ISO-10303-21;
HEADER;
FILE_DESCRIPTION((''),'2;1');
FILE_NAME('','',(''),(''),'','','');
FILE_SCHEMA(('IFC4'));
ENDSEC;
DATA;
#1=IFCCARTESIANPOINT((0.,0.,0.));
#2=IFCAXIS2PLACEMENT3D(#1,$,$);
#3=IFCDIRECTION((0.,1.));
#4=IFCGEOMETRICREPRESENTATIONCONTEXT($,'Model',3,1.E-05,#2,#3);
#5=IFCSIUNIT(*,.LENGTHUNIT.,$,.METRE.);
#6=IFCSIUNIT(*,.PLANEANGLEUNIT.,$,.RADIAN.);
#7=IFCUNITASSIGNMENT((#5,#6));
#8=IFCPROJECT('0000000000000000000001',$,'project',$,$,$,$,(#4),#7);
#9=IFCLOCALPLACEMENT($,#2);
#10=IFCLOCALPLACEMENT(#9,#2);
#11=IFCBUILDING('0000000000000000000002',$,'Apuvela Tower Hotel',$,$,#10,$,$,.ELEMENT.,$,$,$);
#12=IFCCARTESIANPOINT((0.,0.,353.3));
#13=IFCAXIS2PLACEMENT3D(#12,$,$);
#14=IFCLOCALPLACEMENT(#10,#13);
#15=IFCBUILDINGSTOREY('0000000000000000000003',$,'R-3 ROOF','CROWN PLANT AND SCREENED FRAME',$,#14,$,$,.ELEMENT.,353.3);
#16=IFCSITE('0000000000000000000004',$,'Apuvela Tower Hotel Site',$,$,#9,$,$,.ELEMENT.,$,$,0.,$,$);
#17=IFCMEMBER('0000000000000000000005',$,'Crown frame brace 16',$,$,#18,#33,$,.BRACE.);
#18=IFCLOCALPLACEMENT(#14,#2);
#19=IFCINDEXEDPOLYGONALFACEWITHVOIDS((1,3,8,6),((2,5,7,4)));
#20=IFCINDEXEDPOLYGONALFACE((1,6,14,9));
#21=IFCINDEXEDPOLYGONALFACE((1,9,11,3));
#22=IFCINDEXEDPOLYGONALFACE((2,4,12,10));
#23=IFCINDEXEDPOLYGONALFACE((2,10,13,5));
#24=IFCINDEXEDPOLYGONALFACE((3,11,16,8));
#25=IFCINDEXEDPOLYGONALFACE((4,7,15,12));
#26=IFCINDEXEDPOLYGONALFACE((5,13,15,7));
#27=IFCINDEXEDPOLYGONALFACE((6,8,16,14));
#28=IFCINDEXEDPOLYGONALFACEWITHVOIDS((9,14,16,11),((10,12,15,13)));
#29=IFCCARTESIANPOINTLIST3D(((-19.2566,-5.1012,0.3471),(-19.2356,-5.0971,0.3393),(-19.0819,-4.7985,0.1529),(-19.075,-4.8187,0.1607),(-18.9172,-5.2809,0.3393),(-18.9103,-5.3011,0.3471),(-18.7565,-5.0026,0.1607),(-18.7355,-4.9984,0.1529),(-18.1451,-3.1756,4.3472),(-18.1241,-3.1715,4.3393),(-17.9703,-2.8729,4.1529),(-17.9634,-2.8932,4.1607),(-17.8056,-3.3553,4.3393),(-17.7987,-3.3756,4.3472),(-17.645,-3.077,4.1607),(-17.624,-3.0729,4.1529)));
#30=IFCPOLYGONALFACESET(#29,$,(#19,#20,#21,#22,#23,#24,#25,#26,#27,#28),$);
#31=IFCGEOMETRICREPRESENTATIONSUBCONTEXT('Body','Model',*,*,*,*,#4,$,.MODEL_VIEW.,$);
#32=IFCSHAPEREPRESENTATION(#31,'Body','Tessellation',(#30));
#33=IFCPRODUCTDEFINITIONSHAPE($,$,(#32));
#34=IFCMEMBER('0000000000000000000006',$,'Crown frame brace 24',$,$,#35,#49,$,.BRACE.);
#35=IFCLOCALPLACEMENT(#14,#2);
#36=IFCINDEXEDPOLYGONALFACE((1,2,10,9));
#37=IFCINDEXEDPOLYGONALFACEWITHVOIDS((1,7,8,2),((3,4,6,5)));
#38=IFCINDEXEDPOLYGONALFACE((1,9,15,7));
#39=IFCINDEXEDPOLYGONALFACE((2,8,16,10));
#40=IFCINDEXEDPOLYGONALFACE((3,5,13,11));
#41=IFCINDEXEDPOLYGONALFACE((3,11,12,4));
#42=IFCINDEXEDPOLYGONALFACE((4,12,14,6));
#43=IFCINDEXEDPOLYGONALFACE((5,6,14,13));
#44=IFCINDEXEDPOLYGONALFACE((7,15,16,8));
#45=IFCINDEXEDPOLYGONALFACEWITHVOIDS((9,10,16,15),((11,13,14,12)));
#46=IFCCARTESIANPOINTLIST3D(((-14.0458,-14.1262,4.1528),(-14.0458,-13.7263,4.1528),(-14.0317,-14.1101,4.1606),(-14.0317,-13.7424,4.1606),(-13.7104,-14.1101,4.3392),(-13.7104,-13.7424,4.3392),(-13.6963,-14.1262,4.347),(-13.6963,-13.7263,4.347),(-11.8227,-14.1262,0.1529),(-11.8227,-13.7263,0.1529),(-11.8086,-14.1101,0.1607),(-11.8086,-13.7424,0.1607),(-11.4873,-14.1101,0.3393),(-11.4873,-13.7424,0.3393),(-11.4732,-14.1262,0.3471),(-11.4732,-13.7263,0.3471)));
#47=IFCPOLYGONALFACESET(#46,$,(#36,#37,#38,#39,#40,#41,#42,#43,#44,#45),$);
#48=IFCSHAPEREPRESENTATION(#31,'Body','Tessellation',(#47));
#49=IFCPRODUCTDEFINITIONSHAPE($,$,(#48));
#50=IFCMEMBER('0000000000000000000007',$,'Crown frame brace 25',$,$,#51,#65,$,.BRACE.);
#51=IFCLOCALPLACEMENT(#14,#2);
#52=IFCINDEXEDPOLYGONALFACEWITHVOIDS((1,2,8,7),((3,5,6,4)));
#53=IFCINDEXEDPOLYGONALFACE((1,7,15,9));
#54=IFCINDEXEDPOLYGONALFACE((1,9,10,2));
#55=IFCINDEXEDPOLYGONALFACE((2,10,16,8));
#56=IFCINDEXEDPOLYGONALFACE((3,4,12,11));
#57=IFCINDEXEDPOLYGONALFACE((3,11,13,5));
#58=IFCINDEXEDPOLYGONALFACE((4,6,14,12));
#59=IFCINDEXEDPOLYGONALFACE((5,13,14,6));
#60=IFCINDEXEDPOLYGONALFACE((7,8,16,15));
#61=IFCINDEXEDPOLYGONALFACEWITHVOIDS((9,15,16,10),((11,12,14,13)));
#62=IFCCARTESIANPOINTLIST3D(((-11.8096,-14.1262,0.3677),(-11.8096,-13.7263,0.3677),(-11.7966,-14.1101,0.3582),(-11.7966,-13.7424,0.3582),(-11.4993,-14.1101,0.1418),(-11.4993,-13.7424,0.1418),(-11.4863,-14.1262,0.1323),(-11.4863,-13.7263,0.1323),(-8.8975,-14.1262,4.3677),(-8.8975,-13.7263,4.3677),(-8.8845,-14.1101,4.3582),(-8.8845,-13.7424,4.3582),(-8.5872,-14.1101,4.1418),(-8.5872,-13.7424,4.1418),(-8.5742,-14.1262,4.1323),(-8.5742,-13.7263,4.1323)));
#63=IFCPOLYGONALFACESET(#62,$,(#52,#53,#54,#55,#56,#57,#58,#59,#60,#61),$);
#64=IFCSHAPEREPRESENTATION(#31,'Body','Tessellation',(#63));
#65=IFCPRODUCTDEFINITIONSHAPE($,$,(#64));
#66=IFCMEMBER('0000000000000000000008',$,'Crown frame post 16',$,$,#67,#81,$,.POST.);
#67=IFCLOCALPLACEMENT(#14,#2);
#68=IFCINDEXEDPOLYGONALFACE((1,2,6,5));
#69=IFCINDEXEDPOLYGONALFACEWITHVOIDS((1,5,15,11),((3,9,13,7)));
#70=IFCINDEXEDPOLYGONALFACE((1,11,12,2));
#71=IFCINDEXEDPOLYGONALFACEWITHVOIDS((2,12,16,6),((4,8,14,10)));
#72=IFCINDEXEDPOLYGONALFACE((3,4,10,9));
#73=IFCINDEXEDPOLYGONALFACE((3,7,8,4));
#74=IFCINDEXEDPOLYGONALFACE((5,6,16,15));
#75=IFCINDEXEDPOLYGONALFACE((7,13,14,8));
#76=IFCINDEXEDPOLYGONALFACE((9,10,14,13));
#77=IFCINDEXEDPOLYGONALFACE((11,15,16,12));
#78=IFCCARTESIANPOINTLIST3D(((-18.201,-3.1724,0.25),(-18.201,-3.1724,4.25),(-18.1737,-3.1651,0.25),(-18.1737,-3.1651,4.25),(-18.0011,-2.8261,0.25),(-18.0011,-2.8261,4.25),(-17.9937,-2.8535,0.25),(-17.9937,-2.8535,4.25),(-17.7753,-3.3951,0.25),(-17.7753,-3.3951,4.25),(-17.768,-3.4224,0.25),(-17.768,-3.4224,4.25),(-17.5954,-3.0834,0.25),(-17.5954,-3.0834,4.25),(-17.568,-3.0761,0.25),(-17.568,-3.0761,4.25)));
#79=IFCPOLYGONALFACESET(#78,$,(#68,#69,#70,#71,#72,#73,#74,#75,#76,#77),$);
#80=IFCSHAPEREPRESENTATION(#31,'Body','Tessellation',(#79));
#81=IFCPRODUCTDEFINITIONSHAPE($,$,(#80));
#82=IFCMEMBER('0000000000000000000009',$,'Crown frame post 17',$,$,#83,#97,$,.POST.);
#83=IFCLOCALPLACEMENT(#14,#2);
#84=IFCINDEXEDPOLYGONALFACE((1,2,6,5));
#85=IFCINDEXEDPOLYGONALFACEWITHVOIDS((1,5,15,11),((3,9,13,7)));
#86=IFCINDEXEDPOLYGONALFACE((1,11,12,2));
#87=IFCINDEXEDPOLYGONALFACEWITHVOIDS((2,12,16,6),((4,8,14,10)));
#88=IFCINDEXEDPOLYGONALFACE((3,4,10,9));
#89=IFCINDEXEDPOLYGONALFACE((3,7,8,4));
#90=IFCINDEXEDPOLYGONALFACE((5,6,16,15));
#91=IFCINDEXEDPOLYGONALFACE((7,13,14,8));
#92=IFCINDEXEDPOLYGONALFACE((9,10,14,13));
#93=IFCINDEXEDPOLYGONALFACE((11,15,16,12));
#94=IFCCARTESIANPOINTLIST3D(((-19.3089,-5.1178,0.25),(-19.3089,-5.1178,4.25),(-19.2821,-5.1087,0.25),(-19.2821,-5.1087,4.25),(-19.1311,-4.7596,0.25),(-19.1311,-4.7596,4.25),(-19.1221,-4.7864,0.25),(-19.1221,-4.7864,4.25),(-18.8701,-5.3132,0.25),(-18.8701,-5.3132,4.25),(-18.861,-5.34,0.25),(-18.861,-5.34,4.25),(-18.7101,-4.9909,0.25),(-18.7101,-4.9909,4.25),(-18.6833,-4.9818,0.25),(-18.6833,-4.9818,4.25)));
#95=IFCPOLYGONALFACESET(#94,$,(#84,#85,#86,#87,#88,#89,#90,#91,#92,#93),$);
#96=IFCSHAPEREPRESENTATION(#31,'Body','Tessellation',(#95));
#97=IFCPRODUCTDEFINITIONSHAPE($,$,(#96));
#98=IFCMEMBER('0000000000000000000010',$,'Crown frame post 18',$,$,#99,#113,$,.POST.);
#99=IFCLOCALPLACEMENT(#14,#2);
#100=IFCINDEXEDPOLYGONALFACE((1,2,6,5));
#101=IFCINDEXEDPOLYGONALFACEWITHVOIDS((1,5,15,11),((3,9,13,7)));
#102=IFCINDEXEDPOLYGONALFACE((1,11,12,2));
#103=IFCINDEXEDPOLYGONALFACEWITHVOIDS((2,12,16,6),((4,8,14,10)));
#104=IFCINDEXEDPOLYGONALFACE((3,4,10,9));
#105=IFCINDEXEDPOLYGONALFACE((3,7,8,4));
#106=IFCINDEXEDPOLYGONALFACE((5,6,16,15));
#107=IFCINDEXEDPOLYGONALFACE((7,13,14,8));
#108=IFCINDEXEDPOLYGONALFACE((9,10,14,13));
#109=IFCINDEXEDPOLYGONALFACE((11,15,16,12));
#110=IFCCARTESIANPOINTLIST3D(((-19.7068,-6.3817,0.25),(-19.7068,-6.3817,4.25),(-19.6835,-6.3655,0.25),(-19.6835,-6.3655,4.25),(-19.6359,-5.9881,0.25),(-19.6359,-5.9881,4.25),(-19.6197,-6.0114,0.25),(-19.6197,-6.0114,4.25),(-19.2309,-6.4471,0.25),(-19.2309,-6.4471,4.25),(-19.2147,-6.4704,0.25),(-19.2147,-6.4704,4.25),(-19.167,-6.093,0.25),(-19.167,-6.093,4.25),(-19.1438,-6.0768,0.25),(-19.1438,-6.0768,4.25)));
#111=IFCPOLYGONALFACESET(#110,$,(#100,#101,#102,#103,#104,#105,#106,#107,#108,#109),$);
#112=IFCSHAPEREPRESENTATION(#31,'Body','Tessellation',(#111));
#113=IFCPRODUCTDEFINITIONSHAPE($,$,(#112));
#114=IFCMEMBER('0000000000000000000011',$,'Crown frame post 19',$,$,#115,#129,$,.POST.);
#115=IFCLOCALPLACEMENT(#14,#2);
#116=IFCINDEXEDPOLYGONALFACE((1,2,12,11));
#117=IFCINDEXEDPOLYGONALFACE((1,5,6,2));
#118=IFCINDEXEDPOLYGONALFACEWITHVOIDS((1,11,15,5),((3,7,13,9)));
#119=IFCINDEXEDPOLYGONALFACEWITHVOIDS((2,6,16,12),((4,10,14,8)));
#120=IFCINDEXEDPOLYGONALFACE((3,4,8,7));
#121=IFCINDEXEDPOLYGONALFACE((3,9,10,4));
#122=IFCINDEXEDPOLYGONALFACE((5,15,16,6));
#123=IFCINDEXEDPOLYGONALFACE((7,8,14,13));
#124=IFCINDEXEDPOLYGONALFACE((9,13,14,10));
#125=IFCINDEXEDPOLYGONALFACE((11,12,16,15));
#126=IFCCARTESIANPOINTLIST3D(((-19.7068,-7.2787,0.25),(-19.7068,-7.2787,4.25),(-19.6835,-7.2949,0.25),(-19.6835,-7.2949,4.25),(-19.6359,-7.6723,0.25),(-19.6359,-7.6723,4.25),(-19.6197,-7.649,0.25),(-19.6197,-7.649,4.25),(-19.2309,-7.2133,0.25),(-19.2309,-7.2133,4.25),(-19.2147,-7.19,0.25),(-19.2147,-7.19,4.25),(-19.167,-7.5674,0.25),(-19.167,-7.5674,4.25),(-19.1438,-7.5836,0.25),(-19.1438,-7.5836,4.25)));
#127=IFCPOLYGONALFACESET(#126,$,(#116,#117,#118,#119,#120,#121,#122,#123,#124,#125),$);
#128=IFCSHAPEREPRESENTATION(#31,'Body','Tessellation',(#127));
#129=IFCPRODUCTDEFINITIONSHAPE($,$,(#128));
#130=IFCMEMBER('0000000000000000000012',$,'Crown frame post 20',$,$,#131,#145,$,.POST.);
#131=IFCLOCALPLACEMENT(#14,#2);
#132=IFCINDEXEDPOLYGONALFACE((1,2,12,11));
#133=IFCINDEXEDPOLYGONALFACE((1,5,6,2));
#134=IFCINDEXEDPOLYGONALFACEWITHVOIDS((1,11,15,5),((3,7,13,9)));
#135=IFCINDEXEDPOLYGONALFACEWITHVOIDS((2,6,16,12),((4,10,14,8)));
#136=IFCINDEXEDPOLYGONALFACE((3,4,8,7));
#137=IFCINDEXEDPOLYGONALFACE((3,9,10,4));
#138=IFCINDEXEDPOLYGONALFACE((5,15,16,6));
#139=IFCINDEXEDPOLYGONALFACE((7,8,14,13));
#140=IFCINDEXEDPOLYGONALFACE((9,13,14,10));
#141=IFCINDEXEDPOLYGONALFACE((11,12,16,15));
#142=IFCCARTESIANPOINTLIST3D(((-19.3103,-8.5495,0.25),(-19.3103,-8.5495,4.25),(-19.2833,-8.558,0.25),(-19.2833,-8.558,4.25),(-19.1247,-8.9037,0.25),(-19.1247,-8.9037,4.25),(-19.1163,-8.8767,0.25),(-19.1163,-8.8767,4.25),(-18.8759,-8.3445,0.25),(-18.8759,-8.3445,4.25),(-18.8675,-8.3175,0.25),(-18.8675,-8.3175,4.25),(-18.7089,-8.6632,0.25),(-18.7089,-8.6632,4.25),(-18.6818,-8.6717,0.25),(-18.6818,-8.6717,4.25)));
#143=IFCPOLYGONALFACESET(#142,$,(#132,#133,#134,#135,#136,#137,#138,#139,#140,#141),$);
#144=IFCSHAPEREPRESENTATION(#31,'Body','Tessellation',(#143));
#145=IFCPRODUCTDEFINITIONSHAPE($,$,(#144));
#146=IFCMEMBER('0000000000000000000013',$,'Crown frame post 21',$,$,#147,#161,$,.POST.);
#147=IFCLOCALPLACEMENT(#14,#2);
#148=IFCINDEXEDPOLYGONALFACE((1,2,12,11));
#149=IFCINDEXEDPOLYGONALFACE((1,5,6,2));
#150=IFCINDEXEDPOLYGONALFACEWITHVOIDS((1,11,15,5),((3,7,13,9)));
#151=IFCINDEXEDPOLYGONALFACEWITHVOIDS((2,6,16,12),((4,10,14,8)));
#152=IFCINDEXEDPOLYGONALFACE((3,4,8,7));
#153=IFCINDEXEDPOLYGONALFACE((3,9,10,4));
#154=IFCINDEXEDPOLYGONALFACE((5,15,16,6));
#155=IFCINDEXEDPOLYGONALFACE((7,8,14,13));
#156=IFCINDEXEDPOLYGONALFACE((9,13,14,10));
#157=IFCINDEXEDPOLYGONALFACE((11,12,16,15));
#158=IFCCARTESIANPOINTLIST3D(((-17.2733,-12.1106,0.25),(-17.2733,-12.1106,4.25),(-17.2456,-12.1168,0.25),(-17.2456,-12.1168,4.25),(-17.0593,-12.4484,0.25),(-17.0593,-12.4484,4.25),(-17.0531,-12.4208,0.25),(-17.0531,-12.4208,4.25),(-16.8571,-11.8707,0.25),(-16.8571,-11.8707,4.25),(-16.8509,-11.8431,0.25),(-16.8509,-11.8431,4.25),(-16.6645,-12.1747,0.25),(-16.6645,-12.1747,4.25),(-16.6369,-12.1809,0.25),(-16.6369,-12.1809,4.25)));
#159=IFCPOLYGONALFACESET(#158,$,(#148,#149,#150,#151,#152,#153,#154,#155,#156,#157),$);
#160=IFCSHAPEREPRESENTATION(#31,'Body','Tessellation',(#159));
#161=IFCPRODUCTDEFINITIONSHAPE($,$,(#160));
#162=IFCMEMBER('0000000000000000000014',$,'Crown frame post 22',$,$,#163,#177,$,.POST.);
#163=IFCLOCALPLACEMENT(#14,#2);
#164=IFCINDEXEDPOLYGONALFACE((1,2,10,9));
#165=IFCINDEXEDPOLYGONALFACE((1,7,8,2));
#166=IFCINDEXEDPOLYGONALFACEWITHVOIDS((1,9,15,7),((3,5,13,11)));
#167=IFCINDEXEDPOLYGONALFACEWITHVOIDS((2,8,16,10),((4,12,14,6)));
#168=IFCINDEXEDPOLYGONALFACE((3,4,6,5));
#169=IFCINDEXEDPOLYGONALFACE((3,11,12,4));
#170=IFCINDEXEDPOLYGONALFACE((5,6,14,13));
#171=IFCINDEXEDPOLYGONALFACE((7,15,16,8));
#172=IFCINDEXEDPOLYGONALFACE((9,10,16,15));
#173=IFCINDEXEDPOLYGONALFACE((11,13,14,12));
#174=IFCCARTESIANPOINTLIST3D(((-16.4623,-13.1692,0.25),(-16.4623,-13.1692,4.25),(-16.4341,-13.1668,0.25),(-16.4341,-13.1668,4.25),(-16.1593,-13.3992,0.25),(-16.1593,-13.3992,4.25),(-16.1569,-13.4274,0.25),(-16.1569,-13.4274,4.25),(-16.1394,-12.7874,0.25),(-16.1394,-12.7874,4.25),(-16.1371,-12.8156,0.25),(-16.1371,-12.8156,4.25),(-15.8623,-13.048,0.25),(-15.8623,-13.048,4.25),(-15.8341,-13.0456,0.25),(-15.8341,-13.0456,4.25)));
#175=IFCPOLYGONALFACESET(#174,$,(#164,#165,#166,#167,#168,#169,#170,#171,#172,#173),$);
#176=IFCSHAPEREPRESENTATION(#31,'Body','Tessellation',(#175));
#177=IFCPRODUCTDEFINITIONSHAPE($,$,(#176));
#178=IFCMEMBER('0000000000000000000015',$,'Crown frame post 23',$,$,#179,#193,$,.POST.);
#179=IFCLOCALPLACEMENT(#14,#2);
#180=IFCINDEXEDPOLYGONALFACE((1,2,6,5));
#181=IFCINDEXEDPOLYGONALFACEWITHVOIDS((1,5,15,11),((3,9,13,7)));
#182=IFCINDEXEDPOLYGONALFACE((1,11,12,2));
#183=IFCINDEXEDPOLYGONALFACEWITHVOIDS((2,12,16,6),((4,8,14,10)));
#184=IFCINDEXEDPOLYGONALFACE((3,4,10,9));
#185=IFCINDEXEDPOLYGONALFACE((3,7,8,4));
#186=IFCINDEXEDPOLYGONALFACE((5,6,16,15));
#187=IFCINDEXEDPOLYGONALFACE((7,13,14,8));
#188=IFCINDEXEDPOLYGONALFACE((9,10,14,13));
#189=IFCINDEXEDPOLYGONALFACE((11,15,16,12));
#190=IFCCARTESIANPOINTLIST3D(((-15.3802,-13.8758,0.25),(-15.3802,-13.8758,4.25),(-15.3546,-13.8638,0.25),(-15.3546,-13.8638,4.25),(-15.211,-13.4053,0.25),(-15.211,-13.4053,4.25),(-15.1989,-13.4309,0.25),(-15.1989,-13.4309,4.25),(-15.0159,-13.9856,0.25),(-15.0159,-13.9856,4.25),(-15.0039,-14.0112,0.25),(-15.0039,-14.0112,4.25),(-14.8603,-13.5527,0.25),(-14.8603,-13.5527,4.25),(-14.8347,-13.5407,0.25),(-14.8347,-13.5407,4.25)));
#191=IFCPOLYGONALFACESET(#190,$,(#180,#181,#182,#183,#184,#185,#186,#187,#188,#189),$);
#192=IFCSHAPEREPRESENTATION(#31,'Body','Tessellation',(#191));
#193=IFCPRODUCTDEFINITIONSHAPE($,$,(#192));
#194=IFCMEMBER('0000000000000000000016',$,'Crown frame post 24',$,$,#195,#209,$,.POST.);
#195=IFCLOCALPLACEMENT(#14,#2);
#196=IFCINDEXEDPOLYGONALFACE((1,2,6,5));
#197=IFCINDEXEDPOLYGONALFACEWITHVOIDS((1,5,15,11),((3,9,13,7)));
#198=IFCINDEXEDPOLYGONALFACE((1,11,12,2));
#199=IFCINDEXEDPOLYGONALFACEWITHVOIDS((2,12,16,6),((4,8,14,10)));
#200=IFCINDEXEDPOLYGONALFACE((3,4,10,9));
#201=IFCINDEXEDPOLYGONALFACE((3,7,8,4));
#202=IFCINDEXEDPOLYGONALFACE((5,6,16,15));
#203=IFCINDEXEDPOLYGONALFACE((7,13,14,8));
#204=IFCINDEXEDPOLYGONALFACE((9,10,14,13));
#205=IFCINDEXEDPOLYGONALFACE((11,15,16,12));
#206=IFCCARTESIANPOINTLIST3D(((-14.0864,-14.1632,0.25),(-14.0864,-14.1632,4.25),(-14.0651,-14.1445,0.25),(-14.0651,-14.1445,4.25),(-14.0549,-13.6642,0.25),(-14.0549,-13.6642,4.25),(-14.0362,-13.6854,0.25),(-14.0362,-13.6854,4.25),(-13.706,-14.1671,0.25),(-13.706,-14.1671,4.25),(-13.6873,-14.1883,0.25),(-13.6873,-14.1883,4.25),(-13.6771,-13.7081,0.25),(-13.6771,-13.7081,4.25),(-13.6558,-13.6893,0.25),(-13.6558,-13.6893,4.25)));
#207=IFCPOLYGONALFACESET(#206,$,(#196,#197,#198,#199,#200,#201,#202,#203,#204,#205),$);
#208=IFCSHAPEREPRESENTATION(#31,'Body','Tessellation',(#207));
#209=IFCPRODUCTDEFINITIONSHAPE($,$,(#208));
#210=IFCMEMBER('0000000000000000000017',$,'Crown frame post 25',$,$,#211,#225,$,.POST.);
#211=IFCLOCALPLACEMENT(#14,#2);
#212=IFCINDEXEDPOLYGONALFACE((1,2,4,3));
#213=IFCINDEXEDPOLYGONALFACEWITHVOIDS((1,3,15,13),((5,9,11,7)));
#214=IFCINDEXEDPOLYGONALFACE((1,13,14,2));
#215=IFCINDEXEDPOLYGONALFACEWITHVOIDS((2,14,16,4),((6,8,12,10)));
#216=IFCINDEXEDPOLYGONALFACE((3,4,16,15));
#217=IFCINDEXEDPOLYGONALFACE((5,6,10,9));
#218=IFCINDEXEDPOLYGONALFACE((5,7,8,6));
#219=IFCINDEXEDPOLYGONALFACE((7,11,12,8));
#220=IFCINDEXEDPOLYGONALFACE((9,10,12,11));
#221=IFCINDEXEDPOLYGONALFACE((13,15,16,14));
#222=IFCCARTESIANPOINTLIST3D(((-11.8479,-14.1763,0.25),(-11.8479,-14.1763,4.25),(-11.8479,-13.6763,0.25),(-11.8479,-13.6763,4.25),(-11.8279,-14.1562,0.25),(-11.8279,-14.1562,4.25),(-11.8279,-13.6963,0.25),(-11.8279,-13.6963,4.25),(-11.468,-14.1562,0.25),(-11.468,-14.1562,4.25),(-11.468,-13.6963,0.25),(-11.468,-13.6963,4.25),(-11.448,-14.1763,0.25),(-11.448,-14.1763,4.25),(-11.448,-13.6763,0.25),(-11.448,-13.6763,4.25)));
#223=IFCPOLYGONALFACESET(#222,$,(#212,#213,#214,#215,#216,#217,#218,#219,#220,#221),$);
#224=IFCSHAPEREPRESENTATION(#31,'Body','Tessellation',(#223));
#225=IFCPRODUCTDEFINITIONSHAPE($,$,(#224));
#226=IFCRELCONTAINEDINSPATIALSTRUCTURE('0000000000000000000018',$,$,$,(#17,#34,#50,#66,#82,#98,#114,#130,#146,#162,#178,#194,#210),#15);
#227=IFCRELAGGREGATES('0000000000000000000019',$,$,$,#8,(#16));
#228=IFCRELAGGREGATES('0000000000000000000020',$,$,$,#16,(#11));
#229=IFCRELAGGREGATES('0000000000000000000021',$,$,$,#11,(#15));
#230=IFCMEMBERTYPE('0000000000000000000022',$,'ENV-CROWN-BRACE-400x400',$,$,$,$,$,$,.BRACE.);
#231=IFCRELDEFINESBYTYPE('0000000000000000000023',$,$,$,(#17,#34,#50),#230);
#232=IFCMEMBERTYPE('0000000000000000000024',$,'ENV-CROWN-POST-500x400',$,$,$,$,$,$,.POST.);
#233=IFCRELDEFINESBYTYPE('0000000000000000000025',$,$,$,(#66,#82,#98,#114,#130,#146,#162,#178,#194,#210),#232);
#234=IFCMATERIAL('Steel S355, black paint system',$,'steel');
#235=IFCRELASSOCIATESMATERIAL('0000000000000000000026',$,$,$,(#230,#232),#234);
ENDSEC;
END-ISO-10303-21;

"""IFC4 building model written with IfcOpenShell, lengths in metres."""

from ifc_helpers import new_model, si_unit, direction, frame, origin, origin_2d, place, context, subcontext, project, spatial, hollow_rectangle, extrude, material, material_profile, profile_set, type_object, element, save


model = new_model("IFC4")

# Units and contexts
model_context = context("Model", 3, precision=1e-05, world=origin(), true_north=direction((0.0, 1.0)))
body_context = subcontext(model_context, "Body", "Model", "MODEL_VIEW")
ifc_project = project(units=[si_unit("LENGTHUNIT", "METRE"), si_unit("PLANEANGLEUNIT", "RADIAN")], contexts=[model_context])

# Site, building, storey
site_placement = place(None, origin())
site = spatial("IfcSite", under=ifc_project, at=site_placement, Name="Apuvela Tower Hotel Site", CompositionType="ELEMENT", RefElevation=0.0)
building_placement = place(site_placement, origin())
building = spatial("IfcBuilding", under=site, at=building_placement, Name="Apuvela Tower Hotel", CompositionType="ELEMENT")
storey_placement = place(building_placement, frame((0.0, 0.0, 353.3)))
storey = spatial("IfcBuildingStorey", under=building, at=storey_placement, Name="R-3 ROOF", Description="CROWN PLANT AND SCREENED FRAME", CompositionType="ELEMENT", Elevation=353.3)

# Members
ifc_material_1 = material(Name="Steel S355, black paint system", Category="steel")
ifc_material_profile_1 = material_profile(ifc_material_1, hollow_rectangle(XDim=0.3999, YDim=0.3999, WallThickness=0.0161, at=origin_2d()), Name="HSS 400x400x16")
ifc_profile_set_1 = profile_set([ifc_material_profile_1], Name="Steel S355, black paint system")
member_type_1 = type_object("IfcMemberType", Name="ENV-CROWN-BRACE-400x400", PredefinedType="BRACE", material=ifc_profile_set_1)
member_1_placement = place(storey_placement, frame((-18.9961, -5.0498, 0.25), z_axis=(0.242893, 0.420755, 0.874053), x_axis=(-0.866052, 0.499954, 0.0)))
element("IfcMember", 1, at=member_1_placement, inside=storey, type_object=member_type_1, Name="Crown frame brace 16", PredefinedType="BRACE", context=body_context, shape_type="SweptSolid", body=[
    extrude(hollow_rectangle(XDim=0.3999, YDim=0.3999, WallThickness=0.0161, at=origin_2d()), origin(), (0.0, 0.0, 1.0), 4.5764),
])
member_2_placement = place(storey_placement, frame((-11.6479, -13.9263, 0.25), z_axis=(-0.485797, 0.0, 0.874072), x_axis=(0.0, -1.0, 0.0)))
element("IfcMember", 2, at=member_2_placement, inside=storey, type_object=member_type_1, Name="Crown frame brace 24", PredefinedType="BRACE", context=body_context, shape_type="SweptSolid", body=[
    extrude(hollow_rectangle(XDim=0.3999, YDim=0.3999, WallThickness=0.0161, at=origin_2d()), origin(), (0.0, 0.0, 1.0), 4.5762),
])
member_3_placement = place(storey_placement, frame((-11.6479, -13.9263, 0.25), z_axis=(0.588571, 0.0, 0.808446), x_axis=(0.0, 1.0, 0.0)))
element("IfcMember", 3, at=member_3_placement, inside=storey, type_object=member_type_1, Name="Crown frame brace 25", PredefinedType="BRACE", context=body_context, shape_type="SweptSolid", body=[
    extrude(hollow_rectangle(XDim=0.3999, YDim=0.3999, WallThickness=0.0161, at=origin_2d()), origin(), (0.0, 0.0, 1.0), 4.9478),
])
ifc_material_profile_2 = material_profile(ifc_material_1, hollow_rectangle(XDim=0.3999, YDim=0.5, WallThickness=0.02, at=origin_2d()), Name="HSS 500x400x20")
ifc_profile_set_2 = profile_set([ifc_material_profile_2], Name="Steel S355, black paint system")
member_type_2 = type_object("IfcMemberType", Name="ENV-CROWN-POST-500x400", PredefinedType="POST", material=ifc_profile_set_2)
for number, where, z_axis, x_axis, name in (
    (4, (-17.8845, -3.1243, 0.25), (0.0, 0.0, 1.0), (-0.5, -0.866025, 0.0), "Crown frame post 16"),
    (5, (-18.9961, -5.0498, 0.25), (0.0, 0.0, 1.0), (-0.444554, -0.895752, 0.0), "Crown frame post 17"),
    (6, (-19.4253, -6.2292, 0.25), (0.0, 0.0, 1.0), (-0.177415, -0.984136, 0.0), "Crown frame post 18"),
    (7, (-19.4253, -7.4312, 0.25), (0.0, 0.0, 1.0), (0.177415, -0.984136, 0.0), "Crown frame post 19"),
    (8, (-18.9961, -8.6106, 0.25), (0.0, 0.0, 1.0), (0.464116, -0.885775, 0.0), "Crown frame post 20"),
    (9, (-16.9551, -12.1458, 0.25), (0.0, 0.0, 1.0), (0.535046, -0.844823, 0.0), "Crown frame post 21"),
    (10, (-16.1482, -13.1074, 0.25), (0.0, 0.0, 1.0), (0.76358, -0.645714, 0.0), "Crown frame post 22"),
    (11, (-15.1074, -13.7083, 0.25), (0.0, 0.0, 1.0), (0.940994, -0.338423, 0.0), "Crown frame post 23"),
    (12, (-13.8711, -13.9263, 0.25), (0.0, 0.0, 1.0), (0.998021, -0.062881, 0.0), "Crown frame post 24"),
    (13, (-11.6479, -13.9263, 0.25), (0.0, 0.0, 1.0), (1.0, 0.0, 0.0), "Crown frame post 25"),
):
    element("IfcMember", number, at=place(storey_placement, frame(where, z_axis=z_axis, x_axis=x_axis)), inside=storey, type_object=member_type_2, Name=name, PredefinedType="POST", context=body_context, shape_type="SweptSolid", body=[
        extrude(hollow_rectangle(XDim=0.3999, YDim=0.5, WallThickness=0.02, at=origin_2d()), origin(), (0.0, 0.0, 1.0), 4.0),
    ])

save(model, "model.ifc")
